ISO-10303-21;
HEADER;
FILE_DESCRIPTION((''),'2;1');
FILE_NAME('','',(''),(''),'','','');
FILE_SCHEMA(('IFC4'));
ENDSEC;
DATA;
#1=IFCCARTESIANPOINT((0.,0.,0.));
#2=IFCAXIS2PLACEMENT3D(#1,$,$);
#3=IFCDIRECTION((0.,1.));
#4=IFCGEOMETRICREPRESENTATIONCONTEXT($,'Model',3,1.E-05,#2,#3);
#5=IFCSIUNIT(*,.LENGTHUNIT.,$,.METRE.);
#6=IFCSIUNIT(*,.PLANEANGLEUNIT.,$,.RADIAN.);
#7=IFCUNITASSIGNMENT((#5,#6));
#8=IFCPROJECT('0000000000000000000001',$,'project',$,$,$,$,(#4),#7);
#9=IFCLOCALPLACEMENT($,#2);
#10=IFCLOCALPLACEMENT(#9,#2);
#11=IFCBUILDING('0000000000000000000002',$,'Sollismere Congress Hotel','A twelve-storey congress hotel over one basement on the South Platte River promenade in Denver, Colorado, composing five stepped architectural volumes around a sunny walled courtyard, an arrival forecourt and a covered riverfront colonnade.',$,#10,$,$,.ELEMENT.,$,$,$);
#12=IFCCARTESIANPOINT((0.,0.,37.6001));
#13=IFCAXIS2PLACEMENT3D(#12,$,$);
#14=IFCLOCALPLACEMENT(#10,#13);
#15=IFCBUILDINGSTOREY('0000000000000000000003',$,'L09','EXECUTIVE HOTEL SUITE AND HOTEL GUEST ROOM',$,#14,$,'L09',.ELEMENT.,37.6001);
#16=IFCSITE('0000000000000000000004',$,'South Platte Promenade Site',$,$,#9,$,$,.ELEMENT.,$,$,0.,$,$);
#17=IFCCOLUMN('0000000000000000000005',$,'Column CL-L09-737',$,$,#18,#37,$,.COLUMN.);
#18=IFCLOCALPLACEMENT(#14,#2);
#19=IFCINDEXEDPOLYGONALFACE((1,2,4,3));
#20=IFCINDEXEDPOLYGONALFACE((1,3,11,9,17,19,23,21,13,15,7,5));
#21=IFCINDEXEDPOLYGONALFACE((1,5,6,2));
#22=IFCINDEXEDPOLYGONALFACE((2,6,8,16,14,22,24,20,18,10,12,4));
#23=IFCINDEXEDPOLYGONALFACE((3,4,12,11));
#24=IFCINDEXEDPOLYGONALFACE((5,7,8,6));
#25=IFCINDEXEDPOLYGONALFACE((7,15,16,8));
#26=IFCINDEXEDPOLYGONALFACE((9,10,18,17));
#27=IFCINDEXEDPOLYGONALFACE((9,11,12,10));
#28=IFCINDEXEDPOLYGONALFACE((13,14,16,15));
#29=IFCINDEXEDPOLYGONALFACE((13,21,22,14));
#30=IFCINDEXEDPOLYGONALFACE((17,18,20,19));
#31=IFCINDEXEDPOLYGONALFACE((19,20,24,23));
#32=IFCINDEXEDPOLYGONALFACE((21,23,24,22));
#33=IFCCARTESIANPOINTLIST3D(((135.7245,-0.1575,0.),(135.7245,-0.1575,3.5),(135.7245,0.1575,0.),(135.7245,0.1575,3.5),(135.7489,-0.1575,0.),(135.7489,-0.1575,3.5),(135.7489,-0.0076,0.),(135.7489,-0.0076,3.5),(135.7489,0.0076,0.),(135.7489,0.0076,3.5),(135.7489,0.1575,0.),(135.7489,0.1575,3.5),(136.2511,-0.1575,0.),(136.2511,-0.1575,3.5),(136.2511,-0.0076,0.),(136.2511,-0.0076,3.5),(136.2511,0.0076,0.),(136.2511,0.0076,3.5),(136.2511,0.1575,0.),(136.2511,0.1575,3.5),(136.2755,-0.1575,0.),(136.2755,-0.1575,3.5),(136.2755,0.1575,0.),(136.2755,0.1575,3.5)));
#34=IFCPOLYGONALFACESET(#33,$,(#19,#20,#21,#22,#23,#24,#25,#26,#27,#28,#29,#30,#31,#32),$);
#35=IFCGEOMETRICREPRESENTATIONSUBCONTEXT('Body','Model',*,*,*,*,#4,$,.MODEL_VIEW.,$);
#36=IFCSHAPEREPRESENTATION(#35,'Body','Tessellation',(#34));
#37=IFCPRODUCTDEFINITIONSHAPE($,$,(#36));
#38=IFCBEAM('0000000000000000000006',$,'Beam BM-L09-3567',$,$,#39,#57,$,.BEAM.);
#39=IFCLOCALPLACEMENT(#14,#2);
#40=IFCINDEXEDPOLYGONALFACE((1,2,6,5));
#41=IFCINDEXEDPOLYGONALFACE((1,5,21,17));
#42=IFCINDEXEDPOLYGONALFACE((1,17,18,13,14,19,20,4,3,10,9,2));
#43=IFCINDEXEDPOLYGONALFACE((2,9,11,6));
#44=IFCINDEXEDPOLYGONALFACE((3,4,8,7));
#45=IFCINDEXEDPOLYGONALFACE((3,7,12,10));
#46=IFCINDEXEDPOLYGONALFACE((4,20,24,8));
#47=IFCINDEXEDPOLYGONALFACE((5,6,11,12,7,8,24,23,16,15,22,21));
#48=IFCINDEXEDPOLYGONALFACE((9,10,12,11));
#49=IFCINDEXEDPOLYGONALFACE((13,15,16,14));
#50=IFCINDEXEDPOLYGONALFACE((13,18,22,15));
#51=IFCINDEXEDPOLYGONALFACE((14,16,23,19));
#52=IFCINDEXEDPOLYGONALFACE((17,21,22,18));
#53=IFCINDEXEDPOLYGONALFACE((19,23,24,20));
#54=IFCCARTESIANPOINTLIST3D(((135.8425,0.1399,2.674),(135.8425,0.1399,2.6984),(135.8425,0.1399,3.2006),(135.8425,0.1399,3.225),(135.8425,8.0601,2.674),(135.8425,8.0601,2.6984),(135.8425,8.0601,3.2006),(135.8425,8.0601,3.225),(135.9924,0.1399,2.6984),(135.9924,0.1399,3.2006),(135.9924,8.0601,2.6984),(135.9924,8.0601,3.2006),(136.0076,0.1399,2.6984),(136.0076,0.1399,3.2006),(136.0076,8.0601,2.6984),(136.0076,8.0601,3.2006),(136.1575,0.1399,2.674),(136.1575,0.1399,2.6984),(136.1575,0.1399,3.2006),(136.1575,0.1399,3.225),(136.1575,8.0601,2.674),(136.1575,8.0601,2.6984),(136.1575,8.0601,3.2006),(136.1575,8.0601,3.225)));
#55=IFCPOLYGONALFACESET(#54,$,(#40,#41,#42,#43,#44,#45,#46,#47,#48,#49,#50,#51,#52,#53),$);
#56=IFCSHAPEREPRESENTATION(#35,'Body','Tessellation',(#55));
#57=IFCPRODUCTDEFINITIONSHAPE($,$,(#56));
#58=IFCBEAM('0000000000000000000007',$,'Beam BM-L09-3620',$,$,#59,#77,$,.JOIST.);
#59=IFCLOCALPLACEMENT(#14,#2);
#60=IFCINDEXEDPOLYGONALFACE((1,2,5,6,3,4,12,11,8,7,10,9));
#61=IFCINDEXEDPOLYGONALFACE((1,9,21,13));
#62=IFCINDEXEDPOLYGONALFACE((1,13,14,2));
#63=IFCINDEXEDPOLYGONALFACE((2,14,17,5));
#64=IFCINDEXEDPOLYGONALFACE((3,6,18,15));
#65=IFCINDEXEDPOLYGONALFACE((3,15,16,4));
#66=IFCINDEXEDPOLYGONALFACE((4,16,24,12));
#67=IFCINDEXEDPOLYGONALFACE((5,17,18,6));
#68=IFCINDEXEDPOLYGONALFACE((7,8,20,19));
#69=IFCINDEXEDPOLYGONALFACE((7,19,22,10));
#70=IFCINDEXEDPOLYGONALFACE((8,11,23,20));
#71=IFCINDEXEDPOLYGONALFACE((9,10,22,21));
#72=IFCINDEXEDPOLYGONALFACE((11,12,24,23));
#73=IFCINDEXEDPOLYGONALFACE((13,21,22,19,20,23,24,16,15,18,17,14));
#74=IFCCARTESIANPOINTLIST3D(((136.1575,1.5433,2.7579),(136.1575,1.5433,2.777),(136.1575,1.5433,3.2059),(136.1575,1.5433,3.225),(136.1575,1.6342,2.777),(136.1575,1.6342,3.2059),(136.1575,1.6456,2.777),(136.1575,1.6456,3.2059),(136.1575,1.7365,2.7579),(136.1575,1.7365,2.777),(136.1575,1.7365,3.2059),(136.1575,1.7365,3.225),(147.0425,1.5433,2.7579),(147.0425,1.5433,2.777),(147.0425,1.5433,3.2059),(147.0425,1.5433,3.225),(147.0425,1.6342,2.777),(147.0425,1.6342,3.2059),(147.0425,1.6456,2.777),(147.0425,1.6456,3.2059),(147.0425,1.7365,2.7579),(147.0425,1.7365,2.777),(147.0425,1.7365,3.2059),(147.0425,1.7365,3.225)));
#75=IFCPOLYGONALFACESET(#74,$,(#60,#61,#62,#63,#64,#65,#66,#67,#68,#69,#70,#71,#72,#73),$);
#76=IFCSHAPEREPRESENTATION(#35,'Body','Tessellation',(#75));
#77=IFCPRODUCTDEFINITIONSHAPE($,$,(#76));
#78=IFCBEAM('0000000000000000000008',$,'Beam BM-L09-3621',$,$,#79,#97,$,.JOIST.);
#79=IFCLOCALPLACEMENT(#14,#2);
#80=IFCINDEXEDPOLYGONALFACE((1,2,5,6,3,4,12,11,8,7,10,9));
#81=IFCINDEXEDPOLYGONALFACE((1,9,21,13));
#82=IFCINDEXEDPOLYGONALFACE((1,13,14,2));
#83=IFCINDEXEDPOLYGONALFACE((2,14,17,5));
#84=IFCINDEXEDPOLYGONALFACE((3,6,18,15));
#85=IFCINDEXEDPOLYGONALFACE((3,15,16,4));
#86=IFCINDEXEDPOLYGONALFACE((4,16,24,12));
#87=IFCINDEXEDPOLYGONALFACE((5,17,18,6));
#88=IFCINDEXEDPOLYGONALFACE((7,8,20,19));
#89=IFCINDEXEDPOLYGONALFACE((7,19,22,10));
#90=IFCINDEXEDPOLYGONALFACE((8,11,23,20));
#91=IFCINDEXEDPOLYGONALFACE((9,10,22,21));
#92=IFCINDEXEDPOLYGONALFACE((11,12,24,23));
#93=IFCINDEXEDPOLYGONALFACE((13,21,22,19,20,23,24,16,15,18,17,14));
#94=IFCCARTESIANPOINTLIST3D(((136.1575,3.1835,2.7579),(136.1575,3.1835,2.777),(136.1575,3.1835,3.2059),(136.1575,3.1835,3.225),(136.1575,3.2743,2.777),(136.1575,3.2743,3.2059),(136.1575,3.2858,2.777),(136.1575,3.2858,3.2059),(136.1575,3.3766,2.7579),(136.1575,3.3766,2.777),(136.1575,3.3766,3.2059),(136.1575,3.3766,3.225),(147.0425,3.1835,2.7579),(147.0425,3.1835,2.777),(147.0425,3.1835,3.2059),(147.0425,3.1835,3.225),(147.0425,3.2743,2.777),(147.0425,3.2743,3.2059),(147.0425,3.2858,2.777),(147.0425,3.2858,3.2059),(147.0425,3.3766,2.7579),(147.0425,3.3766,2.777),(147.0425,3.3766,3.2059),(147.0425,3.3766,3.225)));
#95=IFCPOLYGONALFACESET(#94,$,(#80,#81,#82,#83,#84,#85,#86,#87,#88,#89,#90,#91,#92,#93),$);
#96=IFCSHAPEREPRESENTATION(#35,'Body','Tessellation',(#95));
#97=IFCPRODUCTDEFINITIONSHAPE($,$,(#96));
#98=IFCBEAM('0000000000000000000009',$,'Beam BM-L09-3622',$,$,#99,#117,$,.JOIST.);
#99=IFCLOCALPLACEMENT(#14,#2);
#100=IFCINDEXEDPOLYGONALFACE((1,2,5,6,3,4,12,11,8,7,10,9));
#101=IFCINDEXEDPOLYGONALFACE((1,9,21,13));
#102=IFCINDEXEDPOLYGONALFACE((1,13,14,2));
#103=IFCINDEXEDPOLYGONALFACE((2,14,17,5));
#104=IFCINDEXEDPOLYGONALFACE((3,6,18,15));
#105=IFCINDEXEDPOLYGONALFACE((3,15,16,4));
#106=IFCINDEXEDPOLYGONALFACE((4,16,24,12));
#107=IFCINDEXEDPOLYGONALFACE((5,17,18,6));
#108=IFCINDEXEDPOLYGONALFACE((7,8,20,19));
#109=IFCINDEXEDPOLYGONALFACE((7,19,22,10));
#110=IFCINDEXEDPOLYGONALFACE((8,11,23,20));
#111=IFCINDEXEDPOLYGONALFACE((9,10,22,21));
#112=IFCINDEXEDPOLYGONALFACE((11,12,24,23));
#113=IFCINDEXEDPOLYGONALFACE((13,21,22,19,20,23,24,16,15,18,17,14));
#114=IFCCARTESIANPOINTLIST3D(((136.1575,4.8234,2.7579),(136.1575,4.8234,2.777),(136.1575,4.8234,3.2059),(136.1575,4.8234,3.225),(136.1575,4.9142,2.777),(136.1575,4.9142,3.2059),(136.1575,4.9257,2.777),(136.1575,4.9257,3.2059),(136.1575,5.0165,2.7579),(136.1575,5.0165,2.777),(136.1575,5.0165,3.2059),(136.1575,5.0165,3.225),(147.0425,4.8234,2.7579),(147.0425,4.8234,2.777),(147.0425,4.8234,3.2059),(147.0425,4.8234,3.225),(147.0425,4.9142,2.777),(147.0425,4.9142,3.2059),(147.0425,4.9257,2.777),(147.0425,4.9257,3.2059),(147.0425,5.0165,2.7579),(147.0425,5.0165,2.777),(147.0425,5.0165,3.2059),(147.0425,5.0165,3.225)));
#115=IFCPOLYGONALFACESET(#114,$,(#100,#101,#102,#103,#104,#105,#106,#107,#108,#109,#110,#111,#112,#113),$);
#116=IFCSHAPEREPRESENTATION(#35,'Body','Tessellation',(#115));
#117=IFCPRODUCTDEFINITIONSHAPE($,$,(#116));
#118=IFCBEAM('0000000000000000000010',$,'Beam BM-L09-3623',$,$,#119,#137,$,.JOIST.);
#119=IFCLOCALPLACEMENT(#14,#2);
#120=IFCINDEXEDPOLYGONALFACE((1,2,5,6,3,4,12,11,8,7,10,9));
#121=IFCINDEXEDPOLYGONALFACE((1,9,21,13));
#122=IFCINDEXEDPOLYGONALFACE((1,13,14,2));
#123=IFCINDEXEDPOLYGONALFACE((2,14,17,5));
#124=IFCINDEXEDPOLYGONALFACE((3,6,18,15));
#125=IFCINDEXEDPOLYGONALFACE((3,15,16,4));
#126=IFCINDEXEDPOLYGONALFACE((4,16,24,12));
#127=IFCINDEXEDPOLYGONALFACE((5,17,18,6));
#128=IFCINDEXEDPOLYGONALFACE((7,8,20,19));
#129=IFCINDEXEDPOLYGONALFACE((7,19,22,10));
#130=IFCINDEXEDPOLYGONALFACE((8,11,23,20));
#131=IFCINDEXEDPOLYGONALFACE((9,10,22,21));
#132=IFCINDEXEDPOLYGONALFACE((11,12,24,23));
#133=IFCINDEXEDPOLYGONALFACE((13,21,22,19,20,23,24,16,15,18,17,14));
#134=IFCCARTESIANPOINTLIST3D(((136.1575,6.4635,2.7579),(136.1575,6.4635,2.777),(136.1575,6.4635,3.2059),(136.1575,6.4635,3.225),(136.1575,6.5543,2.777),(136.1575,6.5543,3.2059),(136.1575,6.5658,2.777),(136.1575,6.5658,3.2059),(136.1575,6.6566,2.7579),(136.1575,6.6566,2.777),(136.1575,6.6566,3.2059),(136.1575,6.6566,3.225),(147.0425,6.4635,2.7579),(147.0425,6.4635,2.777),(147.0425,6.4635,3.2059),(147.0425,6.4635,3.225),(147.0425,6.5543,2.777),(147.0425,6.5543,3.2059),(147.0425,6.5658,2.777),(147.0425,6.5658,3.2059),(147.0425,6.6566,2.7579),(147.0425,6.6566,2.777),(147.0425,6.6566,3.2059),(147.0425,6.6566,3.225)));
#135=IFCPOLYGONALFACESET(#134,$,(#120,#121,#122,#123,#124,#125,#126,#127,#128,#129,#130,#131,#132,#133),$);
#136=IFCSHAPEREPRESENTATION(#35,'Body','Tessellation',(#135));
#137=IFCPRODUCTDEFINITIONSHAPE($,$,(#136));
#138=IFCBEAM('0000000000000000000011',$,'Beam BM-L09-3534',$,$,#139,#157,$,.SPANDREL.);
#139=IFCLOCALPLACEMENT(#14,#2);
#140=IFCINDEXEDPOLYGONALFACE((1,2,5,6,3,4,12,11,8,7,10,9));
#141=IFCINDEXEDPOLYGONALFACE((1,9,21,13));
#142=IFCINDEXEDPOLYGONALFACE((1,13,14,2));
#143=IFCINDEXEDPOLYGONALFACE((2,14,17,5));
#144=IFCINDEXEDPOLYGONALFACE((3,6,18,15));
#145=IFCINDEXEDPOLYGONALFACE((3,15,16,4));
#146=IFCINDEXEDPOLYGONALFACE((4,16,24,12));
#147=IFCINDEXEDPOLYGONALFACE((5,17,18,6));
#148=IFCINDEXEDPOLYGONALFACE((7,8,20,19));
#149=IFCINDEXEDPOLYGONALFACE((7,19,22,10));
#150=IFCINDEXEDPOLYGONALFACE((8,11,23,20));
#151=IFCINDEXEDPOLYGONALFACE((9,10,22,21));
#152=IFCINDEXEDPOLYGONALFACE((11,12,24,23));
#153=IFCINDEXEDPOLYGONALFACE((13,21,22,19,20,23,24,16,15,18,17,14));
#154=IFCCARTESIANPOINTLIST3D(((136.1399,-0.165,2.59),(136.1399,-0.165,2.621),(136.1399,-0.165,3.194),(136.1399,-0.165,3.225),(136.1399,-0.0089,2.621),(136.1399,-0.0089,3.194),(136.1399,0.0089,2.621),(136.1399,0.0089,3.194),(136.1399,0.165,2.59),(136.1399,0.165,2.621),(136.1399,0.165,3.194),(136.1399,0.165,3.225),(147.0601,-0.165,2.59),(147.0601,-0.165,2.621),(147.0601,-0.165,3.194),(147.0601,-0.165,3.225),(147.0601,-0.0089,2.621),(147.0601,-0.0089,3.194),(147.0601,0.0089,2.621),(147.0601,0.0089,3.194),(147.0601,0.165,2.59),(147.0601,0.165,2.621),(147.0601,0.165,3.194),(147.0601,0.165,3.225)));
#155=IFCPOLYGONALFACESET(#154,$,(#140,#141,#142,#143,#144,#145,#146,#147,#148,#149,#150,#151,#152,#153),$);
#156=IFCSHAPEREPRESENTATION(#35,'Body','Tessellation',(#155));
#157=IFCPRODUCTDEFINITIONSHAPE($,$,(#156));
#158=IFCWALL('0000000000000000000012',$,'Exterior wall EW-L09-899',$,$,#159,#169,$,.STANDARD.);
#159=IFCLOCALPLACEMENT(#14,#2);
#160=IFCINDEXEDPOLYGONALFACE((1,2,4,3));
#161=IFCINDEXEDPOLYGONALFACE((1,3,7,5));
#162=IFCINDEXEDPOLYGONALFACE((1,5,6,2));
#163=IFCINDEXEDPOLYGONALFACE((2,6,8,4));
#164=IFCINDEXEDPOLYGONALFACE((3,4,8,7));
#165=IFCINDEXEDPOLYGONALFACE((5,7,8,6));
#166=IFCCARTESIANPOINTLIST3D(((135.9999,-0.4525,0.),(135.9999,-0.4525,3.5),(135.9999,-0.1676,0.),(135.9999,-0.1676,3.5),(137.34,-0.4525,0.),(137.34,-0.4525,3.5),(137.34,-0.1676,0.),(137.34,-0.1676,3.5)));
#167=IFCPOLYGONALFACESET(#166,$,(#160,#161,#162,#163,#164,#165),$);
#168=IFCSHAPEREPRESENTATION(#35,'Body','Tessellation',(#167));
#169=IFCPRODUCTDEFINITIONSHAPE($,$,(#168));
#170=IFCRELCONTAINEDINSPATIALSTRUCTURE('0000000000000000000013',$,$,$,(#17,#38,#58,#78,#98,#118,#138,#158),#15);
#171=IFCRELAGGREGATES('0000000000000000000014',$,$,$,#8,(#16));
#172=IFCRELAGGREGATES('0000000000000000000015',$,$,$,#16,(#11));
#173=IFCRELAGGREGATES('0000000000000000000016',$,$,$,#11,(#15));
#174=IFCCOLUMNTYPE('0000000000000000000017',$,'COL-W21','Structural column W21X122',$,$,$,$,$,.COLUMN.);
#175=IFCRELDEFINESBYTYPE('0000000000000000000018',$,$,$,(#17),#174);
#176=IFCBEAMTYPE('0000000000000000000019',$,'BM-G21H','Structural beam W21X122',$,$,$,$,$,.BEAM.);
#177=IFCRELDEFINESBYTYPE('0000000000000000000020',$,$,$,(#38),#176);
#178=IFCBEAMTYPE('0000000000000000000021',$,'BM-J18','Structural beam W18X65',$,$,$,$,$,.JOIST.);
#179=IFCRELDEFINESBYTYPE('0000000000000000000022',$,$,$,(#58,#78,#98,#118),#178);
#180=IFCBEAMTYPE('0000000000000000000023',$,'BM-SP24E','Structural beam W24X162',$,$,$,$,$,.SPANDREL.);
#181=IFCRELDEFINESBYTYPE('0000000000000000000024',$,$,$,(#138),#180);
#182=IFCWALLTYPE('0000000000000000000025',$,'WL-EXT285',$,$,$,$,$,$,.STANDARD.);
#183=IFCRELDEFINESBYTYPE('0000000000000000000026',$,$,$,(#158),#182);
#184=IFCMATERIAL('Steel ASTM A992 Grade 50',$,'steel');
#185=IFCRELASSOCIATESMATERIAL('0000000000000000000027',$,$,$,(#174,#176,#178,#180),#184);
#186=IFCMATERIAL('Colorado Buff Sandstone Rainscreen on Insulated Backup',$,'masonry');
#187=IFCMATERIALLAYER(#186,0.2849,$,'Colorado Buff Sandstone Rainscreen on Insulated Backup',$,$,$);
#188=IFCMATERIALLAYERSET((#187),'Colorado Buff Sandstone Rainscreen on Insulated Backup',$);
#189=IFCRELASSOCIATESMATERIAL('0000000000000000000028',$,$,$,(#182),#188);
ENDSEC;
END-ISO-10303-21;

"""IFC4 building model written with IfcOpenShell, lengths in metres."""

from ifc_helpers import new_model, si_unit, direction, frame, frame_2d, origin, origin_2d, place, context, subcontext, project, spatial, rectangle, i_section, extrude, material, layer, layer_set, material_profile, profile_set, type_object, element, save


model = new_model("IFC4")

# Units and contexts
model_context = context("Model", 3, precision=1e-05, world=origin(), true_north=direction((0.0, 1.0)))
body_context = subcontext(model_context, "Body", "Model", "MODEL_VIEW")
ifc_project = project(units=[si_unit("LENGTHUNIT", "METRE"), si_unit("PLANEANGLEUNIT", "RADIAN")], contexts=[model_context])

# Site, building, storey
site_placement = place(None, origin())
site = spatial("IfcSite", under=ifc_project, at=site_placement, Name="South Platte Promenade Site", CompositionType="ELEMENT", RefElevation=0.0)
building_placement = place(site_placement, origin())
building = spatial("IfcBuilding", under=site, at=building_placement, Name="Sollismere Congress Hotel", Description="A twelve-storey congress hotel over one basement on the South Platte River promenade in Denver, Colorado, composing five stepped architectural volumes around a sunny walled courtyard, an arrival forecourt and a covered riverfront colonnade.", CompositionType="ELEMENT")
storey_placement = place(building_placement, frame((0.0, 0.0, 37.6001)))
storey = spatial("IfcBuildingStorey", under=building, at=storey_placement, Name="L09", Description="EXECUTIVE HOTEL SUITE AND HOTEL GUEST ROOM", LongName="L09", CompositionType="ELEMENT", Elevation=37.6001)

# Column
ifc_material_1 = material(Name="Steel ASTM A992 Grade 50", Category="steel")
ifc_material_profile_1 = material_profile(ifc_material_1, i_section(OverallWidth=0.3149, OverallDepth=0.551, WebThickness=0.0151, FlangeThickness=0.0244, at=origin_2d()), Name="W21X122")
ifc_profile_set_1 = profile_set([ifc_material_profile_1], Name="Steel ASTM A992 Grade 50")
column_type = type_object("IfcColumnType", Name="COL-W21", Description="Structural column W21X122", PredefinedType="COLUMN", material=ifc_profile_set_1)
column_placement = place(storey_placement, frame((136.0, 0.0, 0.0), z_axis=(0.0, 0.0, 1.0), x_axis=(0.0, 1.0, 0.0)))
element("IfcColumn", 1, at=column_placement, inside=storey, type_object=column_type, Name="Column CL-L09-737", PredefinedType="COLUMN", context=body_context, shape_type="SweptSolid", body=[
    extrude(i_section(OverallWidth=0.3149, OverallDepth=0.551, WebThickness=0.0151, FlangeThickness=0.0244, at=origin_2d()), origin(), (0.0, 0.0, 1.0), 3.5),
])

# Beams
ifc_material_profile_2 = material_profile(ifc_material_1, i_section(OverallWidth=0.3149, OverallDepth=0.551, WebThickness=0.0151, FlangeThickness=0.0244, at=origin_2d()), Name="W21X122")
ifc_profile_set_2 = profile_set([ifc_material_profile_2], Name="Steel ASTM A992 Grade 50")
beam_type_1 = type_object("IfcBeamType", Name="BM-G21H", Description="Structural beam W21X122", PredefinedType="BEAM", material=ifc_profile_set_2)
beam_1_placement = place(storey_placement, frame((136.0, 0.1399, 2.9495), z_axis=(0.0, 1.0, 0.0), x_axis=(-1.0, 0.0, 0.0)))
element("IfcBeam", 2, at=beam_1_placement, inside=storey, type_object=beam_type_1, Name="Beam BM-L09-3567", PredefinedType="BEAM", context=body_context, shape_type="SweptSolid", body=[
    extrude(i_section(OverallWidth=0.3149, OverallDepth=0.551, WebThickness=0.0151, FlangeThickness=0.0244, at=origin_2d()), origin(), (0.0, 0.0, 1.0), 7.9202),
])
ifc_material_profile_3 = material_profile(ifc_material_1, i_section(OverallWidth=0.1931, OverallDepth=0.467, WebThickness=0.0115, FlangeThickness=0.019, at=origin_2d()), Name="W18X65")
ifc_profile_set_3 = profile_set([ifc_material_profile_3], Name="Steel ASTM A992 Grade 50")
beam_type_2 = type_object("IfcBeamType", Name="BM-J18", Description="Structural beam W18X65", PredefinedType="JOIST", material=ifc_profile_set_3)
for number, where, z_axis, x_axis, name in (
    (3, (136.1575, 1.6399, 2.9915), (1.0, 0.0, 0.0), (0.0, 1.0, 0.0), "Beam BM-L09-3620"),
    (4, (136.1575, 3.28, 2.9915), (1.0, 0.0, 0.0), (0.0, 1.0, 0.0), "Beam BM-L09-3621"),
    (5, (136.1575, 4.9199, 2.9915), (1.0, 0.0, 0.0), (0.0, 1.0, 0.0), "Beam BM-L09-3622"),
    (6, (136.1575, 6.5601, 2.9915), (1.0, 0.0, 0.0), (0.0, 1.0, 0.0), "Beam BM-L09-3623"),
):
    element("IfcBeam", number, at=place(storey_placement, frame(where, z_axis=z_axis, x_axis=x_axis)), inside=storey, type_object=beam_type_2, Name=name, PredefinedType="JOIST", context=body_context, shape_type="SweptSolid", body=[
        extrude(i_section(OverallWidth=0.1931, OverallDepth=0.467, WebThickness=0.0115, FlangeThickness=0.019, at=origin_2d()), origin(), (0.0, 0.0, 1.0), 10.885),
    ])
ifc_material_profile_4 = material_profile(ifc_material_1, i_section(OverallWidth=0.3301, OverallDepth=0.635, WebThickness=0.0178, FlangeThickness=0.031, at=origin_2d()), Name="W24X162")
ifc_profile_set_4 = profile_set([ifc_material_profile_4], Name="Steel ASTM A992 Grade 50")
beam_type_3 = type_object("IfcBeamType", Name="BM-SP24E", Description="Structural beam W24X162", PredefinedType="SPANDREL", material=ifc_profile_set_4)
beam_2_placement = place(storey_placement, frame((136.1399, 0.0, 2.9075), z_axis=(1.0, 0.0, 0.0), x_axis=(0.0, 1.0, 0.0)))
element("IfcBeam", 7, at=beam_2_placement, inside=storey, type_object=beam_type_3, Name="Beam BM-L09-3534", PredefinedType="SPANDREL", context=body_context, shape_type="SweptSolid", body=[
    extrude(i_section(OverallWidth=0.3301, OverallDepth=0.635, WebThickness=0.0178, FlangeThickness=0.031, at=origin_2d()), origin(), (0.0, 0.0, 1.0), 10.9202),
])

# Wall
ifc_material_2 = material(Name="Colorado Buff Sandstone Rainscreen on Insulated Backup", Category="masonry")
ifc_layer_1 = layer(ifc_material_2, 0.2849, Name="Colorado Buff Sandstone Rainscreen on Insulated Backup")
ifc_layer_set_1 = layer_set([ifc_layer_1], Name="Colorado Buff Sandstone Rainscreen on Insulated Backup")
wall_type_1 = type_object("IfcWallType", Name="WL-EXT285", PredefinedType="STANDARD", material=ifc_layer_set_1)
wall_1_placement = place(storey_placement, frame((136.0, -0.3101, 0.0), z_axis=(0.0, 0.0, 1.0), x_axis=(1.0, 0.0, 0.0)))
element("IfcWall", 8, at=wall_1_placement, inside=storey, type_object=wall_type_1, Name="Exterior wall EW-L09-899", PredefinedType="STANDARD", context=body_context, shape_type="SweptSolid", body=[
    extrude(rectangle(XDim=1.3401, YDim=0.2849, at=frame_2d((0.6699, 0.0))), origin(), (0.0, 0.0, 1.0), 3.5),
])

save(model, "model.ifc")
